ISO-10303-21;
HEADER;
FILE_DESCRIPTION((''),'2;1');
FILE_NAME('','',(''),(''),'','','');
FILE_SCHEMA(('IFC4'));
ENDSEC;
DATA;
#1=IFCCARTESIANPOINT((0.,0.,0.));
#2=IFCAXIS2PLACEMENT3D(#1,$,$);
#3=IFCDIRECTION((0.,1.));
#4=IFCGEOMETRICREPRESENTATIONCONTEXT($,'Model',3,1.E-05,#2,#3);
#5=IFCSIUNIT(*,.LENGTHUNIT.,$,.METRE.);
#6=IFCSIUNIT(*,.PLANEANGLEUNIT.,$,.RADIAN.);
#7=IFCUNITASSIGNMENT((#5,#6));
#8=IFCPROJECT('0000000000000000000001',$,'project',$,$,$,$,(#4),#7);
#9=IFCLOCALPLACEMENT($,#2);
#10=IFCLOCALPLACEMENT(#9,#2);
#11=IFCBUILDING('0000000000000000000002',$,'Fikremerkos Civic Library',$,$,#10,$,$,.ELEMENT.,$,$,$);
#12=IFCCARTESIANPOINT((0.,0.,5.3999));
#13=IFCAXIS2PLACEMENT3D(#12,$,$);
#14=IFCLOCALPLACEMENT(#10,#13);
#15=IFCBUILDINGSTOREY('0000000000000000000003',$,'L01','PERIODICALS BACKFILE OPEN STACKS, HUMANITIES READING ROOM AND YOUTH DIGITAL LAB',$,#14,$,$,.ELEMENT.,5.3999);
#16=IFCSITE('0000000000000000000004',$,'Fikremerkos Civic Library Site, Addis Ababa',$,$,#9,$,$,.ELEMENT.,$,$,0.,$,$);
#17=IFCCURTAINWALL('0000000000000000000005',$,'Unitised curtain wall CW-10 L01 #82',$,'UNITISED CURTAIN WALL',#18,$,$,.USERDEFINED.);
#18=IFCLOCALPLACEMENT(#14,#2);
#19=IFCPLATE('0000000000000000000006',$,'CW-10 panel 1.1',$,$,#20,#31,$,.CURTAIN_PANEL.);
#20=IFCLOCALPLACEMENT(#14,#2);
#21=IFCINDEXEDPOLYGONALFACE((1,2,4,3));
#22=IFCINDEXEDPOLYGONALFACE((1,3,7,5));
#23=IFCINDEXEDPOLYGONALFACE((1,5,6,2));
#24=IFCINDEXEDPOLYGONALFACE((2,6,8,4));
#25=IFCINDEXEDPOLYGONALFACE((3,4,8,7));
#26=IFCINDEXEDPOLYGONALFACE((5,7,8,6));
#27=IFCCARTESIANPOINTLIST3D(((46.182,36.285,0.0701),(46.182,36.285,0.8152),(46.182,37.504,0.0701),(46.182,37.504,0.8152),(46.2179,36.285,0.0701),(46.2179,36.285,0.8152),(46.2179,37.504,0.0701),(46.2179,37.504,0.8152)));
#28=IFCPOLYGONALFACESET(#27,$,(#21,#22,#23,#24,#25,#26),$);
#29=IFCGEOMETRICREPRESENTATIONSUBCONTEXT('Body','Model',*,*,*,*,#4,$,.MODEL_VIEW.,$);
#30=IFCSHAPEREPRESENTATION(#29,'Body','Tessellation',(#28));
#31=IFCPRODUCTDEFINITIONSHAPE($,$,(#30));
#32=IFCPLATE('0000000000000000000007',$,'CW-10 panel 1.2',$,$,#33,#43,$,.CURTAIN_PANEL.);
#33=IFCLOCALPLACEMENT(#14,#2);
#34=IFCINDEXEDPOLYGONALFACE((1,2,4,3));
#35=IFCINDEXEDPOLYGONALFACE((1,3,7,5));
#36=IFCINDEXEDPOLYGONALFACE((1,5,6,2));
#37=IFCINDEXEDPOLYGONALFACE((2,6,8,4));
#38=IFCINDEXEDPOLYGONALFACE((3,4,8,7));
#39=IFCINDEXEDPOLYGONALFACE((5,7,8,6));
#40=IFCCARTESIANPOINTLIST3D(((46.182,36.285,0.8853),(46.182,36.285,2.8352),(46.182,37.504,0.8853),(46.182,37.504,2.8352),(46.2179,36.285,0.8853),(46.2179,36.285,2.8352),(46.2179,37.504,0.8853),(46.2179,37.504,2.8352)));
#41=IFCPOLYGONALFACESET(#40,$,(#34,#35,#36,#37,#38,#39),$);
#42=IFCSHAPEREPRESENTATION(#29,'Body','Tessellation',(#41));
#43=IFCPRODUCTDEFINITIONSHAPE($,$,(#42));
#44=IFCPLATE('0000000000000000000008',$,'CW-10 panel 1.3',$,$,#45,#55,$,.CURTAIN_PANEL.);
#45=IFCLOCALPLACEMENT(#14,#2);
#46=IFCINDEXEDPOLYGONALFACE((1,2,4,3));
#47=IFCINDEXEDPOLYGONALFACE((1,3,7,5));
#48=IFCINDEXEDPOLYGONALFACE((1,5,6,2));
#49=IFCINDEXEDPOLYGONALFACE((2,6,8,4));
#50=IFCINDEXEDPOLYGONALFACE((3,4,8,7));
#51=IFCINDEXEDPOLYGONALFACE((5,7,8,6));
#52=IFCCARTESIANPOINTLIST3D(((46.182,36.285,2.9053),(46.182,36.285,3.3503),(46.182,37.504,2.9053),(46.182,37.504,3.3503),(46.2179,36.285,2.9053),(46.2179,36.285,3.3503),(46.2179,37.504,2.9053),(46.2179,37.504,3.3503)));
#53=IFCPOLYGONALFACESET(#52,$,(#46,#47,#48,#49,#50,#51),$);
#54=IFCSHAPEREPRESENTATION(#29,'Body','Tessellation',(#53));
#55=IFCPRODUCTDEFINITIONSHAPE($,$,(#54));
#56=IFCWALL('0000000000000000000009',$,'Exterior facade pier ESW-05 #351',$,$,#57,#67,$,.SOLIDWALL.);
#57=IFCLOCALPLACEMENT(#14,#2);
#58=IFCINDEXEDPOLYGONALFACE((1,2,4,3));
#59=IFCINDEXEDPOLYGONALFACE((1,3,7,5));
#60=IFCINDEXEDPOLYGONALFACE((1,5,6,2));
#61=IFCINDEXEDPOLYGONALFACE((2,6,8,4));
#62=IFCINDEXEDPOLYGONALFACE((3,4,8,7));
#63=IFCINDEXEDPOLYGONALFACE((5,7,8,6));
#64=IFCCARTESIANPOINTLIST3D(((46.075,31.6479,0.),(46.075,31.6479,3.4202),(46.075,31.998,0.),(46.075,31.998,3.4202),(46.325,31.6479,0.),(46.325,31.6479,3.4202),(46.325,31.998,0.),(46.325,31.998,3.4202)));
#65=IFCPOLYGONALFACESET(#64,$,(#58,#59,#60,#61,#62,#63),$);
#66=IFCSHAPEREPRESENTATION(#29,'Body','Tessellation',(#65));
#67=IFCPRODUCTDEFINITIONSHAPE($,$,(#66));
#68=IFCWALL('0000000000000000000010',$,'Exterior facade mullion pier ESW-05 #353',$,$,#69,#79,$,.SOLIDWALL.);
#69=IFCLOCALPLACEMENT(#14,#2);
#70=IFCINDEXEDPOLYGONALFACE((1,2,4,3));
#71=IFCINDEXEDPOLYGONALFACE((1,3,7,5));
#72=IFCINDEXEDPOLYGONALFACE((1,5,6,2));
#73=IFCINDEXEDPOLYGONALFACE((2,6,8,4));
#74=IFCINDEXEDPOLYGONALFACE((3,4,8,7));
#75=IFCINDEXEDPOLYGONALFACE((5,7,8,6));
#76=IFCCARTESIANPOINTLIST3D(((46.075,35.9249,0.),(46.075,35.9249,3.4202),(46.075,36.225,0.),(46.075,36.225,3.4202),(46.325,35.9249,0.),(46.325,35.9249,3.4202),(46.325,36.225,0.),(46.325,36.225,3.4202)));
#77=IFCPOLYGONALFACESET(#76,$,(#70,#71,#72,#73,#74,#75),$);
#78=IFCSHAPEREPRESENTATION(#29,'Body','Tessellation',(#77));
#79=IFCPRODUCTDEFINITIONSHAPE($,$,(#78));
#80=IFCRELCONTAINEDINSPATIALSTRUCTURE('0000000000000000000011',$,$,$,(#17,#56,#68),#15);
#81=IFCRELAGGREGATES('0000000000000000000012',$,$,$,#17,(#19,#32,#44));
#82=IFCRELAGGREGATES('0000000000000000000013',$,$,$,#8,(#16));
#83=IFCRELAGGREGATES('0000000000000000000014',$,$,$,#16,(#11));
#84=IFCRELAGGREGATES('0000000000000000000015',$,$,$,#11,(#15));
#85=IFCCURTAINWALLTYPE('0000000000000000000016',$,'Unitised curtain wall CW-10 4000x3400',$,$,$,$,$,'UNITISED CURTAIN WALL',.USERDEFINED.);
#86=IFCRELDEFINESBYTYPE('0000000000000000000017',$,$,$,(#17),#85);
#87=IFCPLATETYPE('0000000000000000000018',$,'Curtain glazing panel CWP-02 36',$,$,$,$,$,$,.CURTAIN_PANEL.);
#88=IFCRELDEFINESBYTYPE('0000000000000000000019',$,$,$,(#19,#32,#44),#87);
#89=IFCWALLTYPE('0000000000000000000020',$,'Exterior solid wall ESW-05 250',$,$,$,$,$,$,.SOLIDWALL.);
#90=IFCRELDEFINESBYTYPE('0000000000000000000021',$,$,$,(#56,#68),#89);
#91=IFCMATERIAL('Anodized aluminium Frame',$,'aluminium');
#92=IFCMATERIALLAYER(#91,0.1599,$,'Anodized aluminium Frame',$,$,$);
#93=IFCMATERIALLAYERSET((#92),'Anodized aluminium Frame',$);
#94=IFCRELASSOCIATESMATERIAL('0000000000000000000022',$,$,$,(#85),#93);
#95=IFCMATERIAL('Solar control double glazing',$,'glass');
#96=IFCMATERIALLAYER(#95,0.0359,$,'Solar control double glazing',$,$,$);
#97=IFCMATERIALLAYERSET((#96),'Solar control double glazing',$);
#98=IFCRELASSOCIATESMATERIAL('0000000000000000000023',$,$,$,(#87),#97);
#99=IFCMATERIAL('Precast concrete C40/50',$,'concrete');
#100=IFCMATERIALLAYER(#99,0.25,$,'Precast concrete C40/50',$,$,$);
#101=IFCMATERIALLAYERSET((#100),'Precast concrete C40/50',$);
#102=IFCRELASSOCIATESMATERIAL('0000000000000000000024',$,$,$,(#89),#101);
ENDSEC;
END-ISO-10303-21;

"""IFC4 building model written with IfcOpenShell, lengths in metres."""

from ifc_helpers import new_model, si_unit, direction, frame, frame_2d, origin, origin_2d, place, context, subcontext, project, spatial, rectangle, extrude, material, layer, layer_set, type_object, element, aggregate, save


model = new_model("IFC4")

# Units and contexts
model_context = context("Model", 3, precision=1e-05, world=origin(), true_north=direction((0.0, 1.0)))
body_context = subcontext(model_context, "Body", "Model", "MODEL_VIEW")
ifc_project = project(units=[si_unit("LENGTHUNIT", "METRE"), si_unit("PLANEANGLEUNIT", "RADIAN")], contexts=[model_context])

# Site, building, storey
site_placement = place(None, origin())
site = spatial("IfcSite", under=ifc_project, at=site_placement, Name="Fikremerkos Civic Library Site, Addis Ababa", CompositionType="ELEMENT", RefElevation=0.0)
building_placement = place(site_placement, origin())
building = spatial("IfcBuilding", under=site, at=building_placement, Name="Fikremerkos Civic Library", CompositionType="ELEMENT")
storey_placement = place(building_placement, frame((0.0, 0.0, 5.3999)))
storey = spatial("IfcBuildingStorey", under=building, at=storey_placement, Name="L01", Description="PERIODICALS BACKFILE OPEN STACKS, HUMANITIES READING ROOM AND YOUTH DIGITAL LAB", CompositionType="ELEMENT", Elevation=5.3999)

# Curtain wall
ifc_material_1 = material(Name="Anodized aluminium Frame", Category="aluminium")
ifc_layer_1 = layer(ifc_material_1, 0.1599, Name="Anodized aluminium Frame")
ifc_layer_set_1 = layer_set([ifc_layer_1], Name="Anodized aluminium Frame")
curtain_wall_type_1 = type_object("IfcCurtainWallType", Name="Unitised curtain wall CW-10 4000x3400", ElementType="UNITISED CURTAIN WALL", PredefinedType="USERDEFINED", material=ifc_layer_set_1)
curtain_wall_1_placement = place(storey_placement, origin())
curtain_wall_1 = element("IfcCurtainWall", 1, at=curtain_wall_1_placement, inside=storey, type_object=curtain_wall_type_1, Name="Unitised curtain wall CW-10 L01 #82", ObjectType="UNITISED CURTAIN WALL", PredefinedType="USERDEFINED")

# Plates
ifc_material_2 = material(Name="Solar control double glazing", Category="glass")
ifc_layer_2 = layer(ifc_material_2, 0.0359, Name="Solar control double glazing")
ifc_layer_set_2 = layer_set([ifc_layer_2], Name="Solar control double glazing")
plate_type_1 = type_object("IfcPlateType", Name="Curtain glazing panel CWP-02 36", PredefinedType="CURTAIN_PANEL", material=ifc_layer_set_2)
plate_1_placement = place(storey_placement, frame((46.2, 36.8945, 0.0701), z_axis=(0.0, 0.0, 1.0), x_axis=(0.0, 1.0, 0.0)))
plate_1 = element("IfcPlate", 2, at=plate_1_placement, type_object=plate_type_1, Name="CW-10 panel 1.1", PredefinedType="CURTAIN_PANEL", context=body_context, shape_type="SweptSolid", body=[
    extrude(rectangle(XDim=1.219, YDim=0.0359, at=origin_2d()), origin(), (0.0, 0.0, 1.0), 0.7451),
])
plate_2_placement = place(storey_placement, frame((46.2, 36.8945, 0.8853), z_axis=(0.0, 0.0, 1.0), x_axis=(0.0, 1.0, 0.0)))
plate_2 = element("IfcPlate", 3, at=plate_2_placement, type_object=plate_type_1, Name="CW-10 panel 1.2", PredefinedType="CURTAIN_PANEL", context=body_context, shape_type="SweptSolid", body=[
    extrude(rectangle(XDim=1.219, YDim=0.0359, at=origin_2d()), origin(), (0.0, 0.0, 1.0), 1.95),
])
plate_3_placement = place(storey_placement, frame((46.2, 36.8945, 2.9053), z_axis=(0.0, 0.0, 1.0), x_axis=(0.0, 1.0, 0.0)))
plate_3 = element("IfcPlate", 4, at=plate_3_placement, type_object=plate_type_1, Name="CW-10 panel 1.3", PredefinedType="CURTAIN_PANEL", context=body_context, shape_type="SweptSolid", body=[
    extrude(rectangle(XDim=1.219, YDim=0.0359, at=origin_2d()), origin(), (0.0, 0.0, 1.0), 0.4451),
])
aggregate(curtain_wall_1, [plate_1, plate_2, plate_3])

# Walls
ifc_material_3 = material(Name="Precast concrete C40/50", Category="concrete")
ifc_layer_3 = layer(ifc_material_3, 0.25, Name="Precast concrete C40/50")
ifc_layer_set_3 = layer_set([ifc_layer_3], Name="Precast concrete C40/50")
wall_type = type_object("IfcWallType", Name="Exterior solid wall ESW-05 250", PredefinedType="SOLIDWALL", material=ifc_layer_set_3)
wall_1_placement = place(storey_placement, frame((46.2, 31.6479, 0.0), z_axis=(0.0, 0.0, 1.0), x_axis=(0.0, 1.0, 0.0)))
element("IfcWall", 5, at=wall_1_placement, inside=storey, type_object=wall_type, Name="Exterior facade pier ESW-05 #351", PredefinedType="SOLIDWALL", context=body_context, shape_type="SweptSolid", body=[
    extrude(rectangle(XDim=0.3501, YDim=0.25, at=frame_2d((0.175, 0.0))), origin(), (0.0, 0.0, 1.0), 3.4202),
])
wall_2_placement = place(storey_placement, frame((46.2, 35.925, 0.0), z_axis=(0.0, 0.0, 1.0), x_axis=(0.0, 1.0, 0.0)))
element("IfcWall", 6, at=wall_2_placement, inside=storey, type_object=wall_type, Name="Exterior facade mullion pier ESW-05 #353", PredefinedType="SOLIDWALL", context=body_context, shape_type="SweptSolid", body=[
    extrude(rectangle(XDim=0.3, YDim=0.25, at=frame_2d((0.1499, 0.0))), origin(), (0.0, 0.0, 1.0), 3.4202),
])

save(model, "model.ifc")
